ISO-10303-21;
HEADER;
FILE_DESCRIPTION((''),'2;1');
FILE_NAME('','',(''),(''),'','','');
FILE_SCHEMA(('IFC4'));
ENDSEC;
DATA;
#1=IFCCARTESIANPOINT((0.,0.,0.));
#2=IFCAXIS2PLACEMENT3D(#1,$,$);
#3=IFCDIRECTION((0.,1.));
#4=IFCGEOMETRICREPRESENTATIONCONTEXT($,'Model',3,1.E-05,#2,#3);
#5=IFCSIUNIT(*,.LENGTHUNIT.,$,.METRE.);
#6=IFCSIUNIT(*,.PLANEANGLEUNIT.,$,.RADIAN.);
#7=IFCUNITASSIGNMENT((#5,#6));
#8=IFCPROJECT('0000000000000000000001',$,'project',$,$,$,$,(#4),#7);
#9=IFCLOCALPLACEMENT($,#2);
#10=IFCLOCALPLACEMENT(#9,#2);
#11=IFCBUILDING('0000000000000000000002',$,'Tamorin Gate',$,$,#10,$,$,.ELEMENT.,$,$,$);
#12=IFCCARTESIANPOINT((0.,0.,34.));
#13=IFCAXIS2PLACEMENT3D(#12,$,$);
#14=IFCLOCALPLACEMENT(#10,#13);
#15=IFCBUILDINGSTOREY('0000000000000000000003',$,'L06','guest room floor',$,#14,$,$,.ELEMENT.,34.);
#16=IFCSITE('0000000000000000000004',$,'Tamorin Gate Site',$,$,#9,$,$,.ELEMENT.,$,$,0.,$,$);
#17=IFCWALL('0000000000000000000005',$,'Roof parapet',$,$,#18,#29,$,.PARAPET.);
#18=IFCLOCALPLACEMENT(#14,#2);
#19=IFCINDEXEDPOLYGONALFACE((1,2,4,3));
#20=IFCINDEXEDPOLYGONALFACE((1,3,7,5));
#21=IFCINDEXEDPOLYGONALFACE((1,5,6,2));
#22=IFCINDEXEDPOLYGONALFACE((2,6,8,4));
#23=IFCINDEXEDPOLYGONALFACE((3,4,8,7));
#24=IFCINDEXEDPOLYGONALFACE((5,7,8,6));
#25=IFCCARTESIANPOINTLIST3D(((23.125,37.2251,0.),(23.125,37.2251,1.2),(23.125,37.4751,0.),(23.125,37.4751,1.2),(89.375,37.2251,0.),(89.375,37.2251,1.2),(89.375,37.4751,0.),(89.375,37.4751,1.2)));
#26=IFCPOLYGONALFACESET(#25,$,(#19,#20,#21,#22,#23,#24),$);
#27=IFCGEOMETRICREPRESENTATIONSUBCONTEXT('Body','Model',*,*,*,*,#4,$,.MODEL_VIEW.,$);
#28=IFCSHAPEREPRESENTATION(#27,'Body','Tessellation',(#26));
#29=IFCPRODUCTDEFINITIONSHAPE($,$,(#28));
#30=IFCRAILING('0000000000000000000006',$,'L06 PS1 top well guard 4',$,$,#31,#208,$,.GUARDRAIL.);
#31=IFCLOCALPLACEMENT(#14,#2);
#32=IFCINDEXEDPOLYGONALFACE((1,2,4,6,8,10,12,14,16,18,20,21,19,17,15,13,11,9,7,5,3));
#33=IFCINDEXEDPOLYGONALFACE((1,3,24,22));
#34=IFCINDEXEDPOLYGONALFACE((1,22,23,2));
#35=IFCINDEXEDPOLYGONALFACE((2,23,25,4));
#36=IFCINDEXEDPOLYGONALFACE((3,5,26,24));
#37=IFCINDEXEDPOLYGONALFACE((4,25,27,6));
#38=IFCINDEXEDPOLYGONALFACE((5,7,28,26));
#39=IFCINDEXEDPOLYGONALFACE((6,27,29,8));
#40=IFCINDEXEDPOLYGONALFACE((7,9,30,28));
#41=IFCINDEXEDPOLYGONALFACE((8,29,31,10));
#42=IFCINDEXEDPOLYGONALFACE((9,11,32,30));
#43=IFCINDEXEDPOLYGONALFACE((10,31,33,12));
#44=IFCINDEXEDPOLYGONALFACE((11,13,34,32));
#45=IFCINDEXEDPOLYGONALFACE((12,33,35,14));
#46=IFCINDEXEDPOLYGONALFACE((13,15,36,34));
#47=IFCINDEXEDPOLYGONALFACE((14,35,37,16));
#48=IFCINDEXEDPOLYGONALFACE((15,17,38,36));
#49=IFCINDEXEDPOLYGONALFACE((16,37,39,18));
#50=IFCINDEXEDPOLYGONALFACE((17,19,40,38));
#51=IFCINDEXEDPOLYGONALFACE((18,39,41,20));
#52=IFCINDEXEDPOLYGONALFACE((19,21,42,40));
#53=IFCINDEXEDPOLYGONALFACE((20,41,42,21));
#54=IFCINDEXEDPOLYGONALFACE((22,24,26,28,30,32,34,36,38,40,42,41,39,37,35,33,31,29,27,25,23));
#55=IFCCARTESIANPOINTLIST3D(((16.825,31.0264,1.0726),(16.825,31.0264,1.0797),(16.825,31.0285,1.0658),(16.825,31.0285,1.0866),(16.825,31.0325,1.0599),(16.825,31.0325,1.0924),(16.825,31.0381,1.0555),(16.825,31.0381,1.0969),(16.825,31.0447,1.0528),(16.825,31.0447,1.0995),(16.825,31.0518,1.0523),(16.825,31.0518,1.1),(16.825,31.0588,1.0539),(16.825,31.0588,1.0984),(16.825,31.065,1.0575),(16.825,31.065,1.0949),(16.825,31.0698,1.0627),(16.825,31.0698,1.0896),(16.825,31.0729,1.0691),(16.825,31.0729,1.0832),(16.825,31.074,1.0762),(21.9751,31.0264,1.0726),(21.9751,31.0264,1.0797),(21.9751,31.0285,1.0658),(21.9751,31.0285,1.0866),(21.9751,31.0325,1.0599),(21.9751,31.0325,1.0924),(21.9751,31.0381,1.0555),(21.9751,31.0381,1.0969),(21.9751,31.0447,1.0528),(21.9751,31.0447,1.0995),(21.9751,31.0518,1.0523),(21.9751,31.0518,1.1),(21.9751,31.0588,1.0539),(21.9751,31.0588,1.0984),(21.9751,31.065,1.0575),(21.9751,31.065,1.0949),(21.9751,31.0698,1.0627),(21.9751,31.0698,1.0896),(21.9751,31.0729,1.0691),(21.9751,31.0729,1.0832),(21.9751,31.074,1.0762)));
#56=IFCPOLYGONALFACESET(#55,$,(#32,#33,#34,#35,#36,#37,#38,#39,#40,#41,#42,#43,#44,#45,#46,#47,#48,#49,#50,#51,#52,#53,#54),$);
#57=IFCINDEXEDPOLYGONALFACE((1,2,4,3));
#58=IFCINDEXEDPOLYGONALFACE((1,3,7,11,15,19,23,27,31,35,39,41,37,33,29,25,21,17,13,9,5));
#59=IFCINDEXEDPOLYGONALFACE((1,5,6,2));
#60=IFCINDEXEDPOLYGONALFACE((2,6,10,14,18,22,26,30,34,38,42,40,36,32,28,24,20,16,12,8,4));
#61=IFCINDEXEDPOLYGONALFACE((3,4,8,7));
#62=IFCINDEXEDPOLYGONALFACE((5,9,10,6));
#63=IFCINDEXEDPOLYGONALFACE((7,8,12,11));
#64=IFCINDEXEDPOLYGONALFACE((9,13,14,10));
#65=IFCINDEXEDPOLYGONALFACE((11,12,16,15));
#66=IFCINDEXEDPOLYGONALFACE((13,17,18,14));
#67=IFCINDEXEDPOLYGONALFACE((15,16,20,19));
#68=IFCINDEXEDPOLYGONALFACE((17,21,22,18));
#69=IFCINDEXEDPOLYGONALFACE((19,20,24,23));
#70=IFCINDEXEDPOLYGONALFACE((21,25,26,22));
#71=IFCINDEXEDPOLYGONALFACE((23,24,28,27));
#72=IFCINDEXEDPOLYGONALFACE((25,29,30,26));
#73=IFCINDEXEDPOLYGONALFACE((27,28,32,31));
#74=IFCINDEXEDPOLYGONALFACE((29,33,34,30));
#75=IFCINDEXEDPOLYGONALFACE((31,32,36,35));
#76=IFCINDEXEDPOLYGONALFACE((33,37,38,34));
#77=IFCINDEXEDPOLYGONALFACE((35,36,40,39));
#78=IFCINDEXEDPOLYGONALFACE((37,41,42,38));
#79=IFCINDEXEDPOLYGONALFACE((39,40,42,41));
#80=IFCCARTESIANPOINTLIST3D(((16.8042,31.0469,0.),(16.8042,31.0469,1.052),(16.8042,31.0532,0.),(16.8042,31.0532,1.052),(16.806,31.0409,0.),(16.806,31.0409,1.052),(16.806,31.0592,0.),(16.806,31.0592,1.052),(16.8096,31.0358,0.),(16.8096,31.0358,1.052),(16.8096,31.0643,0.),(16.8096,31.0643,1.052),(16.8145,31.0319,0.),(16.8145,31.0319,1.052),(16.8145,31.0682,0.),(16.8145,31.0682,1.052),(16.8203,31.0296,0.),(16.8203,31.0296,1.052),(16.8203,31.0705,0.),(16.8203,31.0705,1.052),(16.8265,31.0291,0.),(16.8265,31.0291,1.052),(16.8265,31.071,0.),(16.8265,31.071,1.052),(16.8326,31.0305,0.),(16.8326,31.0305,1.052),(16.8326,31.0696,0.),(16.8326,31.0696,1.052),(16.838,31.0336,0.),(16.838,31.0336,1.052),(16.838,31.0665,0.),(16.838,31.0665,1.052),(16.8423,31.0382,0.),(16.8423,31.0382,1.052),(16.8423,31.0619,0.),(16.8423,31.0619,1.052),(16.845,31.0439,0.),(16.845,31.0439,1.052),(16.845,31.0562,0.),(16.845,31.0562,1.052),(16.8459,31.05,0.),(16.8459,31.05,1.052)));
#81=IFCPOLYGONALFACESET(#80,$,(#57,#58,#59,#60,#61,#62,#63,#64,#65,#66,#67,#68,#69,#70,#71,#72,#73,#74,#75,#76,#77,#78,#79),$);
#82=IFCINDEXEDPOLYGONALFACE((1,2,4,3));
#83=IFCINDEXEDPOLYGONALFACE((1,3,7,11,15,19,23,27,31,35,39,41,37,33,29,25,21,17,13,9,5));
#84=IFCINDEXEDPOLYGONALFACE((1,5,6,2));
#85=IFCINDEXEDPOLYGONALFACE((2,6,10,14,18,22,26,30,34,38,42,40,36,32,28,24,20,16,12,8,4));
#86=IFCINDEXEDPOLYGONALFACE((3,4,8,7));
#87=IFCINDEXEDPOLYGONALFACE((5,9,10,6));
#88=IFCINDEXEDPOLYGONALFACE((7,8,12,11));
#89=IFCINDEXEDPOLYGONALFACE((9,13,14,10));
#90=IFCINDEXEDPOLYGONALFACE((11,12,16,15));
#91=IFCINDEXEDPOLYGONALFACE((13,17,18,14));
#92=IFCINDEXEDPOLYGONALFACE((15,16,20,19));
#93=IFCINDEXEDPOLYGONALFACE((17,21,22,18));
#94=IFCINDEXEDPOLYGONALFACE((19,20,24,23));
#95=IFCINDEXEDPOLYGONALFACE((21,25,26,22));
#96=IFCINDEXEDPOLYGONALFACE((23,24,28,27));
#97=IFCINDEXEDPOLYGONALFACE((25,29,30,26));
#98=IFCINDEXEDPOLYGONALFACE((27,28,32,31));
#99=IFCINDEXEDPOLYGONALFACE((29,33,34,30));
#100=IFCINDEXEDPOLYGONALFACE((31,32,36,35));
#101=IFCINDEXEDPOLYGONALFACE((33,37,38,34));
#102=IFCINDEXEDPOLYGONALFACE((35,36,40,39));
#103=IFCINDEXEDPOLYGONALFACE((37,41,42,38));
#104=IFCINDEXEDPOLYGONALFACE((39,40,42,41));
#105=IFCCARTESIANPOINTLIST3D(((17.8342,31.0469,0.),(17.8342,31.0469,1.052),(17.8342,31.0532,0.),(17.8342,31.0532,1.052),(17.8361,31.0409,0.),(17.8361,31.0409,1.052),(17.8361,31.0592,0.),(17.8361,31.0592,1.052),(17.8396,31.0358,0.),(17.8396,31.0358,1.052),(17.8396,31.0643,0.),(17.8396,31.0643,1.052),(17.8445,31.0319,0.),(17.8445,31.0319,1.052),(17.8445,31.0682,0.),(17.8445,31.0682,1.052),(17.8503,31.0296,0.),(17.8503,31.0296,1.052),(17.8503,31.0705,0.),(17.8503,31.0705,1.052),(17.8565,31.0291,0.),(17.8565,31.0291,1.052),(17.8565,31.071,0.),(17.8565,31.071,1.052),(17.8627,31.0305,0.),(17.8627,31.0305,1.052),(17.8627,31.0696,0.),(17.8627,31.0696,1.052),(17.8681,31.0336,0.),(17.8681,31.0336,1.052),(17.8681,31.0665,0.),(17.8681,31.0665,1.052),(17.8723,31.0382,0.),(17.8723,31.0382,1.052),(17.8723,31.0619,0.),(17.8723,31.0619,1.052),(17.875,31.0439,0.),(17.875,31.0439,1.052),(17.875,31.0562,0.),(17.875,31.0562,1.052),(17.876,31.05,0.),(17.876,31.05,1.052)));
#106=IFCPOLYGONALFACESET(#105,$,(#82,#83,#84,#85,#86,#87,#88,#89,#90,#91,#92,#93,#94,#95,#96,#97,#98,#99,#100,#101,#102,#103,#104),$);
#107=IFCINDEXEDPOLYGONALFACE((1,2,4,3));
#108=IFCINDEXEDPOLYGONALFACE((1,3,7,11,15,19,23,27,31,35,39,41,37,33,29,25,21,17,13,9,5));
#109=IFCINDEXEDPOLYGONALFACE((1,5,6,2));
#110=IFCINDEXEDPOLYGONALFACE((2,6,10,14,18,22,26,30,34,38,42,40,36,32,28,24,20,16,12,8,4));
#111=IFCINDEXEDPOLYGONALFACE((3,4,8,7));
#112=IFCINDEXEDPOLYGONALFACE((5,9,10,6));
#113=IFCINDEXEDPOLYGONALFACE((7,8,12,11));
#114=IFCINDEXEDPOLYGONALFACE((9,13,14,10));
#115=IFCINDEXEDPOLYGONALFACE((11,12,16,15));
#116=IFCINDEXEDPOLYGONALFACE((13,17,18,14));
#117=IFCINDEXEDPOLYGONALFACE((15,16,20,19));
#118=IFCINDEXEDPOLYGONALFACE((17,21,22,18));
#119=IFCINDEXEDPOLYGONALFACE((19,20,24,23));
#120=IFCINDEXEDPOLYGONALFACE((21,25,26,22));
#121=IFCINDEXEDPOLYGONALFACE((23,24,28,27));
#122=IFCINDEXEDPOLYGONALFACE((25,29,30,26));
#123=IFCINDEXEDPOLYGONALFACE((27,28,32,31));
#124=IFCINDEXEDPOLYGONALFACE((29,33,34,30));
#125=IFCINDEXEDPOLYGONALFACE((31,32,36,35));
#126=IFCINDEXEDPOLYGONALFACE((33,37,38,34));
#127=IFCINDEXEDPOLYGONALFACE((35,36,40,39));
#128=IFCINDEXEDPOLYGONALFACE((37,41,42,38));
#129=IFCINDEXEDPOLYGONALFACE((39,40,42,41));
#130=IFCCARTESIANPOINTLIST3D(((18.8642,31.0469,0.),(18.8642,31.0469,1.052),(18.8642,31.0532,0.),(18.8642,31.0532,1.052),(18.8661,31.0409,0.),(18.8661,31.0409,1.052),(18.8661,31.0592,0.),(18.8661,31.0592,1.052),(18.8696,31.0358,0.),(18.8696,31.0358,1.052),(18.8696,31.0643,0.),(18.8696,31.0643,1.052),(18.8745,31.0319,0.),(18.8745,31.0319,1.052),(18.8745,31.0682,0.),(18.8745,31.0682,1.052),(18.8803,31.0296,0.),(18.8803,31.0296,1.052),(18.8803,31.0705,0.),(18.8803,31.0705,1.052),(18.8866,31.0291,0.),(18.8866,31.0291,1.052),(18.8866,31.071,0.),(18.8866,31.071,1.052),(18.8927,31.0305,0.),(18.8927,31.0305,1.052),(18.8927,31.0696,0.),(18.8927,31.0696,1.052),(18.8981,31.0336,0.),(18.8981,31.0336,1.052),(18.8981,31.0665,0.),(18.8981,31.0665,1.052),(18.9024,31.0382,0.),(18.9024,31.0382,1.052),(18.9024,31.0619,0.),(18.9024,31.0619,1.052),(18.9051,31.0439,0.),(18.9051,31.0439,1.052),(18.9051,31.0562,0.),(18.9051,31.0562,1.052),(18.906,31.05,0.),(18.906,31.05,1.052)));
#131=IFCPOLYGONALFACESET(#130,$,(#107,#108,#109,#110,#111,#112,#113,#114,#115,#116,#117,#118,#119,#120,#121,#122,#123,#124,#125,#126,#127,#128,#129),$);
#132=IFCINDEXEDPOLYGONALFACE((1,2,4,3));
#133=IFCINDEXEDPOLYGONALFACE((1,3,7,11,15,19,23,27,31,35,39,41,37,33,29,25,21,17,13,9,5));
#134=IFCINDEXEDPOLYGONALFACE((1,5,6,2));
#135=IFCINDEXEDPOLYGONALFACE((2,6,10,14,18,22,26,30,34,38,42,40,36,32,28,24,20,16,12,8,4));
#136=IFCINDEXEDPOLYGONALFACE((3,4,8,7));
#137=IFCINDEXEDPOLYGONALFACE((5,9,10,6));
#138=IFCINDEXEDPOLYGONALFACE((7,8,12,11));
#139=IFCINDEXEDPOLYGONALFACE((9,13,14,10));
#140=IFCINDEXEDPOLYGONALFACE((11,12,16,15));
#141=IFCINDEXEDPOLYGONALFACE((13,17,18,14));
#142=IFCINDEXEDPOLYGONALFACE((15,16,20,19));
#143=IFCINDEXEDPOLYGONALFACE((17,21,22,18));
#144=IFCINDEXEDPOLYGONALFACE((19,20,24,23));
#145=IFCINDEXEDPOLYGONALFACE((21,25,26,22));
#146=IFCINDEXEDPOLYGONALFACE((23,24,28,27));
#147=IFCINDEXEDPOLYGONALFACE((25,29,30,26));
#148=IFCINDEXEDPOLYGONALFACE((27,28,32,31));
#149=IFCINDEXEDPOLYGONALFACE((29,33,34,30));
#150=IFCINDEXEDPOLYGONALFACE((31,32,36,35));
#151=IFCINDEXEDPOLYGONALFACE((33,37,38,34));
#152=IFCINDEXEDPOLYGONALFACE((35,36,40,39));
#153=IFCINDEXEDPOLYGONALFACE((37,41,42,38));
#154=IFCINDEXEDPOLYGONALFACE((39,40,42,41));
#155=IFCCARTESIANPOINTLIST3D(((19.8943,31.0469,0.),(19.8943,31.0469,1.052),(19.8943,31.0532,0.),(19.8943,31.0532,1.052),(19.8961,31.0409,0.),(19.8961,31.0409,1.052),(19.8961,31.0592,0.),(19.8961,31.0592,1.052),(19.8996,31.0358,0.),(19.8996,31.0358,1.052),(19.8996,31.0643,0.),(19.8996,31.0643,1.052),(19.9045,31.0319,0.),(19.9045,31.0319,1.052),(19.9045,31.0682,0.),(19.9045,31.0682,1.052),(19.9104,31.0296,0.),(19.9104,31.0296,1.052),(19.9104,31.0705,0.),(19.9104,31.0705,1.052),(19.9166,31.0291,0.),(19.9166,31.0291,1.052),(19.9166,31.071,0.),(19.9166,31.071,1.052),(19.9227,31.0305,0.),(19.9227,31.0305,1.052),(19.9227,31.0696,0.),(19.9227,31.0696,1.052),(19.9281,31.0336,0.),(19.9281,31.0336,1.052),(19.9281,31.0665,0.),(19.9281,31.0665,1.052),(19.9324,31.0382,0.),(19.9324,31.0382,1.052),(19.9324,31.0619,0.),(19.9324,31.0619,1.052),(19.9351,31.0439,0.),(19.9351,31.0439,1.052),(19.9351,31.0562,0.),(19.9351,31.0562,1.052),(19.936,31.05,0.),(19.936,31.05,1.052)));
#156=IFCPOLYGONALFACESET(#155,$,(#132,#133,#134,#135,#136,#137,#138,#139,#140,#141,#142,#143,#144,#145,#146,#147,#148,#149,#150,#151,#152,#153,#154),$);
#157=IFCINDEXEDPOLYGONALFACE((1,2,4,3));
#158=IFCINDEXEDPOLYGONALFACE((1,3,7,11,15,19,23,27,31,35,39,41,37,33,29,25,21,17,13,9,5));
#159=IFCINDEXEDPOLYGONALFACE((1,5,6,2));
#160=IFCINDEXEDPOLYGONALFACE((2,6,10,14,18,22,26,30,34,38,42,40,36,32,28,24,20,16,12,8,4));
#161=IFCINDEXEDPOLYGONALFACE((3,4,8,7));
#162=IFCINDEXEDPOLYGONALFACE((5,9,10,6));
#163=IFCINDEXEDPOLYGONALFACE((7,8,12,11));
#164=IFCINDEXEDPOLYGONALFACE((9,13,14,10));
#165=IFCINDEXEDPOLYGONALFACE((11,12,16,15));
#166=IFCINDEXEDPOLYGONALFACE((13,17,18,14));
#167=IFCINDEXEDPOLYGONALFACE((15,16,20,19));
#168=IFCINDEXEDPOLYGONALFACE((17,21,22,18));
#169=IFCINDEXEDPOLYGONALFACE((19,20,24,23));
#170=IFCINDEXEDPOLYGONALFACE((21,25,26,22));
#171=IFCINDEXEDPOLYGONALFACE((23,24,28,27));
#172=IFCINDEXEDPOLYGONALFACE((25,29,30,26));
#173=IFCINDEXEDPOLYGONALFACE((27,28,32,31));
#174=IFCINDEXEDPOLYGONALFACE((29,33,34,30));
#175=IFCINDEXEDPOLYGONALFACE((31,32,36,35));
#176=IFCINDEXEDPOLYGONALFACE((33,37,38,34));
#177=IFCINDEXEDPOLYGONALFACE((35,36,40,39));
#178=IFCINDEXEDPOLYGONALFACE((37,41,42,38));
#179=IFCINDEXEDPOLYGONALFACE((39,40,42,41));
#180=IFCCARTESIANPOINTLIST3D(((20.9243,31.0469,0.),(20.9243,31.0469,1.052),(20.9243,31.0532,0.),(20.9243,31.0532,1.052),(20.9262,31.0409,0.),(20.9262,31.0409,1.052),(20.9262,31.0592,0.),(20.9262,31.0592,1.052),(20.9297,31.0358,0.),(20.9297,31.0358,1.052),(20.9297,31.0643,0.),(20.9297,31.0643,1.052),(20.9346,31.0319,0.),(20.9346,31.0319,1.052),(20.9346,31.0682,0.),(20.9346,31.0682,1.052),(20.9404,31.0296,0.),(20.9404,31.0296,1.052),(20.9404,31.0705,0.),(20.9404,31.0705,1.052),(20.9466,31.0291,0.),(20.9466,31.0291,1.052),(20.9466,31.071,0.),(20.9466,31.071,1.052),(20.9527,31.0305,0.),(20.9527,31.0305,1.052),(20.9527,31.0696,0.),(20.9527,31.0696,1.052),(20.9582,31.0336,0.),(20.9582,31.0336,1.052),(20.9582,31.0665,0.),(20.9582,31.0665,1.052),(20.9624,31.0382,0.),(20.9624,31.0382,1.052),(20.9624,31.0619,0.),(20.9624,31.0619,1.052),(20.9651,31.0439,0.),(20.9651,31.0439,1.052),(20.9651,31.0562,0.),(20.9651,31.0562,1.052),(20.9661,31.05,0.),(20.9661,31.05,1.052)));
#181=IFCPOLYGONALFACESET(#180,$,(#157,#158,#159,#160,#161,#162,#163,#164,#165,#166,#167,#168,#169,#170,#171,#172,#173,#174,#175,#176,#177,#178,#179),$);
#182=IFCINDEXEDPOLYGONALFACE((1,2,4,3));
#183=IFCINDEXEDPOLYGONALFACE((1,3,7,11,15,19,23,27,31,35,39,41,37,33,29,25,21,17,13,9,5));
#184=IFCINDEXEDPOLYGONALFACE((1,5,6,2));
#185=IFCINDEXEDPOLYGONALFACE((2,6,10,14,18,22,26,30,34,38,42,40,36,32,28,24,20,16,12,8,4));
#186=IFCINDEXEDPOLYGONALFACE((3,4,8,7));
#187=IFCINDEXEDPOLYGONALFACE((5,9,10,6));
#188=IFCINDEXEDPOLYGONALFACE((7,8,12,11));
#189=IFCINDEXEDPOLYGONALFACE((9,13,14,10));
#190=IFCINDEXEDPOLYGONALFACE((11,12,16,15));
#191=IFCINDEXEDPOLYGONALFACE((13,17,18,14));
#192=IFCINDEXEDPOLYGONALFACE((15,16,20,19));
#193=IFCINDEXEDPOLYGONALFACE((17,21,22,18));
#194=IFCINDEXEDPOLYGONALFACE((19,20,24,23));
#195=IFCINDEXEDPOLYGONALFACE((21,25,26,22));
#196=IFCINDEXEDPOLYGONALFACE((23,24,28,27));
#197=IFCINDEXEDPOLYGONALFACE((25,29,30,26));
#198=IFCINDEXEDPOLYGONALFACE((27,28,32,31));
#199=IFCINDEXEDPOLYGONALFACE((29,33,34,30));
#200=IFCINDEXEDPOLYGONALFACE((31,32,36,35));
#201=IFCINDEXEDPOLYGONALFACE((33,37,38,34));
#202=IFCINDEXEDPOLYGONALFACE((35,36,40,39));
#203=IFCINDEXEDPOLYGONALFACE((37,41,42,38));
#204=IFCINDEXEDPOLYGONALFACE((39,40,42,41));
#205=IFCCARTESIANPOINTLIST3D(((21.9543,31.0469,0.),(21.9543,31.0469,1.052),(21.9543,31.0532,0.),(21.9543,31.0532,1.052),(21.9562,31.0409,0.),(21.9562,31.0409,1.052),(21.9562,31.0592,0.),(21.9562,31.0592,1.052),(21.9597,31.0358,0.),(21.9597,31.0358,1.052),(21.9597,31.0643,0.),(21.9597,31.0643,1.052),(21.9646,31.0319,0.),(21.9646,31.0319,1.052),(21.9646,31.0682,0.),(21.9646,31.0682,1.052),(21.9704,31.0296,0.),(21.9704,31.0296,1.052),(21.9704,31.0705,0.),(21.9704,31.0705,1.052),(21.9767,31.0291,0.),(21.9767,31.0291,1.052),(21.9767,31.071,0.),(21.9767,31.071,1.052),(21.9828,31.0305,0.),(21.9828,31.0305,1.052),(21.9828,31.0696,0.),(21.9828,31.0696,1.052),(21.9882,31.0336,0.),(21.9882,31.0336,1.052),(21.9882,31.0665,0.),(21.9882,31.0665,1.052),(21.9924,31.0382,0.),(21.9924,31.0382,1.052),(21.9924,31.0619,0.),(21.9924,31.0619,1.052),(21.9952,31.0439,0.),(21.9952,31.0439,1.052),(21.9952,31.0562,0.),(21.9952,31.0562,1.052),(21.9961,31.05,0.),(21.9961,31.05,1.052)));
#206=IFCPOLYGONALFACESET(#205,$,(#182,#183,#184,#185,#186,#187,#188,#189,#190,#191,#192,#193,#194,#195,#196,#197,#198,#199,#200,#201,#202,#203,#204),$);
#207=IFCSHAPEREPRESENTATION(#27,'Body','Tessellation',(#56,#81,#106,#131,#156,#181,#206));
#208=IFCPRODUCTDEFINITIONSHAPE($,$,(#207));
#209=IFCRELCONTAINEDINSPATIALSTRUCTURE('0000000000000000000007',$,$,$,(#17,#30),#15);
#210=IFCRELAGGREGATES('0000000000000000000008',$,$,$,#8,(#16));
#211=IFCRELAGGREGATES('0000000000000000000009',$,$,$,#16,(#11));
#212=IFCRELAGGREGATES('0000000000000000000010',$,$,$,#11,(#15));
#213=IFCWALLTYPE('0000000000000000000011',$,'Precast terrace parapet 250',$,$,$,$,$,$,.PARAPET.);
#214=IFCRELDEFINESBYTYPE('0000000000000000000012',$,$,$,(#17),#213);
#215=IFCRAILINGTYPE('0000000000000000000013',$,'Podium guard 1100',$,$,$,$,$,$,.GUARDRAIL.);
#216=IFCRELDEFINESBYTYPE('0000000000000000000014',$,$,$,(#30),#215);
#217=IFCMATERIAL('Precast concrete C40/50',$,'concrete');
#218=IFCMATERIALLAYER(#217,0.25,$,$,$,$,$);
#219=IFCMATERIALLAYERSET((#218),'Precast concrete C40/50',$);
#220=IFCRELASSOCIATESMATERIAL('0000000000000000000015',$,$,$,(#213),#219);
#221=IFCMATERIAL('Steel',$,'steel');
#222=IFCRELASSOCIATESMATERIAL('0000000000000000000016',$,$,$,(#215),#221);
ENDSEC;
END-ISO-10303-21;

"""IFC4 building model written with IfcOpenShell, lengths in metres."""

from ifc_helpers import new_model, si_unit, direction, frame, frame_2d, origin, origin_2d, place, context, subcontext, project, spatial, rectangle, circle, extrude, material, layer, layer_set, type_object, element, save


model = new_model("IFC4")

# Units and contexts
model_context = context("Model", 3, precision=1e-05, world=origin(), true_north=direction((0.0, 1.0)))
body_context = subcontext(model_context, "Body", "Model", "MODEL_VIEW")
ifc_project = project(units=[si_unit("LENGTHUNIT", "METRE"), si_unit("PLANEANGLEUNIT", "RADIAN")], contexts=[model_context])

# Site, building, storey
site_placement = place(None, origin())
site = spatial("IfcSite", under=ifc_project, at=site_placement, Name="Tamorin Gate Site", CompositionType="ELEMENT", RefElevation=0.0)
building_placement = place(site_placement, origin())
building = spatial("IfcBuilding", under=site, at=building_placement, Name="Tamorin Gate", CompositionType="ELEMENT")
storey_placement = place(building_placement, frame((0.0, 0.0, 34.0)))
storey = spatial("IfcBuildingStorey", under=building, at=storey_placement, Name="L06", Description="guest room floor", CompositionType="ELEMENT", Elevation=34.0)

# Shared definitions
ifc_material_1 = material(Name="Precast concrete C40/50", Category="concrete")

# Wall
ifc_layer_1 = layer(ifc_material_1, 0.25)
ifc_layer_set_1 = layer_set([ifc_layer_1], Name="Precast concrete C40/50")
wall_type_1 = type_object("IfcWallType", Name="Precast terrace parapet 250", PredefinedType="PARAPET", material=ifc_layer_set_1)
wall_1_placement = place(storey_placement, frame((23.125, 37.3501, 0.0), z_axis=(0.0, 0.0, 1.0), x_axis=(1.0, 0.0, 0.0)))
element("IfcWall", 1, at=wall_1_placement, inside=storey, type_object=wall_type_1, Name="Roof parapet", PredefinedType="PARAPET", context=body_context, shape_type="SweptSolid", body=[
    extrude(rectangle(XDim=66.25, YDim=0.25, at=frame_2d((33.125, 0.0))), origin(), (0.0, 0.0, 1.0), 1.2),
])

# Railing
ifc_material_2 = material(Name="Steel", Category="steel")
railing_type_1 = type_object("IfcRailingType", Name="Podium guard 1100", PredefinedType="GUARDRAIL", material=ifc_material_2)
railing_1_placement = place(storey_placement, frame((16.825, 31.05, 0.0)))
element("IfcRailing", 2, at=railing_1_placement, inside=storey, type_object=railing_type_1, Name="L06 PS1 top well guard 4", PredefinedType="GUARDRAIL", context=body_context, shape_type="SweptSolid", body=[
    extrude(circle(Radius=0.0239, at=origin_2d()), frame((0.0, 0.0, 1.0762), z_axis=(1.0, 0.0, 0.0), x_axis=(0.0, 1.0, 0.0)), (0.0, 0.0, 1.0), 5.1501),
    extrude(circle(Radius=0.021, at=origin_2d()), origin(), (0.0, 0.0, 1.0), 1.052),
    extrude(circle(Radius=0.021, at=origin_2d()), frame((1.03, 0.0, 0.0)), (0.0, 0.0, 1.0), 1.052),
    extrude(circle(Radius=0.021, at=origin_2d()), frame((2.0601, 0.0, 0.0)), (0.0, 0.0, 1.0), 1.052),
    extrude(circle(Radius=0.021, at=origin_2d()), frame((3.0901, 0.0, 0.0)), (0.0, 0.0, 1.0), 1.052),
    extrude(circle(Radius=0.021, at=origin_2d()), frame((4.1201, 0.0, 0.0)), (0.0, 0.0, 1.0), 1.052),
    extrude(circle(Radius=0.021, at=origin_2d()), frame((5.1501, 0.0, 0.0)), (0.0, 0.0, 1.0), 1.052),
])

save(model, "model.ifc")
